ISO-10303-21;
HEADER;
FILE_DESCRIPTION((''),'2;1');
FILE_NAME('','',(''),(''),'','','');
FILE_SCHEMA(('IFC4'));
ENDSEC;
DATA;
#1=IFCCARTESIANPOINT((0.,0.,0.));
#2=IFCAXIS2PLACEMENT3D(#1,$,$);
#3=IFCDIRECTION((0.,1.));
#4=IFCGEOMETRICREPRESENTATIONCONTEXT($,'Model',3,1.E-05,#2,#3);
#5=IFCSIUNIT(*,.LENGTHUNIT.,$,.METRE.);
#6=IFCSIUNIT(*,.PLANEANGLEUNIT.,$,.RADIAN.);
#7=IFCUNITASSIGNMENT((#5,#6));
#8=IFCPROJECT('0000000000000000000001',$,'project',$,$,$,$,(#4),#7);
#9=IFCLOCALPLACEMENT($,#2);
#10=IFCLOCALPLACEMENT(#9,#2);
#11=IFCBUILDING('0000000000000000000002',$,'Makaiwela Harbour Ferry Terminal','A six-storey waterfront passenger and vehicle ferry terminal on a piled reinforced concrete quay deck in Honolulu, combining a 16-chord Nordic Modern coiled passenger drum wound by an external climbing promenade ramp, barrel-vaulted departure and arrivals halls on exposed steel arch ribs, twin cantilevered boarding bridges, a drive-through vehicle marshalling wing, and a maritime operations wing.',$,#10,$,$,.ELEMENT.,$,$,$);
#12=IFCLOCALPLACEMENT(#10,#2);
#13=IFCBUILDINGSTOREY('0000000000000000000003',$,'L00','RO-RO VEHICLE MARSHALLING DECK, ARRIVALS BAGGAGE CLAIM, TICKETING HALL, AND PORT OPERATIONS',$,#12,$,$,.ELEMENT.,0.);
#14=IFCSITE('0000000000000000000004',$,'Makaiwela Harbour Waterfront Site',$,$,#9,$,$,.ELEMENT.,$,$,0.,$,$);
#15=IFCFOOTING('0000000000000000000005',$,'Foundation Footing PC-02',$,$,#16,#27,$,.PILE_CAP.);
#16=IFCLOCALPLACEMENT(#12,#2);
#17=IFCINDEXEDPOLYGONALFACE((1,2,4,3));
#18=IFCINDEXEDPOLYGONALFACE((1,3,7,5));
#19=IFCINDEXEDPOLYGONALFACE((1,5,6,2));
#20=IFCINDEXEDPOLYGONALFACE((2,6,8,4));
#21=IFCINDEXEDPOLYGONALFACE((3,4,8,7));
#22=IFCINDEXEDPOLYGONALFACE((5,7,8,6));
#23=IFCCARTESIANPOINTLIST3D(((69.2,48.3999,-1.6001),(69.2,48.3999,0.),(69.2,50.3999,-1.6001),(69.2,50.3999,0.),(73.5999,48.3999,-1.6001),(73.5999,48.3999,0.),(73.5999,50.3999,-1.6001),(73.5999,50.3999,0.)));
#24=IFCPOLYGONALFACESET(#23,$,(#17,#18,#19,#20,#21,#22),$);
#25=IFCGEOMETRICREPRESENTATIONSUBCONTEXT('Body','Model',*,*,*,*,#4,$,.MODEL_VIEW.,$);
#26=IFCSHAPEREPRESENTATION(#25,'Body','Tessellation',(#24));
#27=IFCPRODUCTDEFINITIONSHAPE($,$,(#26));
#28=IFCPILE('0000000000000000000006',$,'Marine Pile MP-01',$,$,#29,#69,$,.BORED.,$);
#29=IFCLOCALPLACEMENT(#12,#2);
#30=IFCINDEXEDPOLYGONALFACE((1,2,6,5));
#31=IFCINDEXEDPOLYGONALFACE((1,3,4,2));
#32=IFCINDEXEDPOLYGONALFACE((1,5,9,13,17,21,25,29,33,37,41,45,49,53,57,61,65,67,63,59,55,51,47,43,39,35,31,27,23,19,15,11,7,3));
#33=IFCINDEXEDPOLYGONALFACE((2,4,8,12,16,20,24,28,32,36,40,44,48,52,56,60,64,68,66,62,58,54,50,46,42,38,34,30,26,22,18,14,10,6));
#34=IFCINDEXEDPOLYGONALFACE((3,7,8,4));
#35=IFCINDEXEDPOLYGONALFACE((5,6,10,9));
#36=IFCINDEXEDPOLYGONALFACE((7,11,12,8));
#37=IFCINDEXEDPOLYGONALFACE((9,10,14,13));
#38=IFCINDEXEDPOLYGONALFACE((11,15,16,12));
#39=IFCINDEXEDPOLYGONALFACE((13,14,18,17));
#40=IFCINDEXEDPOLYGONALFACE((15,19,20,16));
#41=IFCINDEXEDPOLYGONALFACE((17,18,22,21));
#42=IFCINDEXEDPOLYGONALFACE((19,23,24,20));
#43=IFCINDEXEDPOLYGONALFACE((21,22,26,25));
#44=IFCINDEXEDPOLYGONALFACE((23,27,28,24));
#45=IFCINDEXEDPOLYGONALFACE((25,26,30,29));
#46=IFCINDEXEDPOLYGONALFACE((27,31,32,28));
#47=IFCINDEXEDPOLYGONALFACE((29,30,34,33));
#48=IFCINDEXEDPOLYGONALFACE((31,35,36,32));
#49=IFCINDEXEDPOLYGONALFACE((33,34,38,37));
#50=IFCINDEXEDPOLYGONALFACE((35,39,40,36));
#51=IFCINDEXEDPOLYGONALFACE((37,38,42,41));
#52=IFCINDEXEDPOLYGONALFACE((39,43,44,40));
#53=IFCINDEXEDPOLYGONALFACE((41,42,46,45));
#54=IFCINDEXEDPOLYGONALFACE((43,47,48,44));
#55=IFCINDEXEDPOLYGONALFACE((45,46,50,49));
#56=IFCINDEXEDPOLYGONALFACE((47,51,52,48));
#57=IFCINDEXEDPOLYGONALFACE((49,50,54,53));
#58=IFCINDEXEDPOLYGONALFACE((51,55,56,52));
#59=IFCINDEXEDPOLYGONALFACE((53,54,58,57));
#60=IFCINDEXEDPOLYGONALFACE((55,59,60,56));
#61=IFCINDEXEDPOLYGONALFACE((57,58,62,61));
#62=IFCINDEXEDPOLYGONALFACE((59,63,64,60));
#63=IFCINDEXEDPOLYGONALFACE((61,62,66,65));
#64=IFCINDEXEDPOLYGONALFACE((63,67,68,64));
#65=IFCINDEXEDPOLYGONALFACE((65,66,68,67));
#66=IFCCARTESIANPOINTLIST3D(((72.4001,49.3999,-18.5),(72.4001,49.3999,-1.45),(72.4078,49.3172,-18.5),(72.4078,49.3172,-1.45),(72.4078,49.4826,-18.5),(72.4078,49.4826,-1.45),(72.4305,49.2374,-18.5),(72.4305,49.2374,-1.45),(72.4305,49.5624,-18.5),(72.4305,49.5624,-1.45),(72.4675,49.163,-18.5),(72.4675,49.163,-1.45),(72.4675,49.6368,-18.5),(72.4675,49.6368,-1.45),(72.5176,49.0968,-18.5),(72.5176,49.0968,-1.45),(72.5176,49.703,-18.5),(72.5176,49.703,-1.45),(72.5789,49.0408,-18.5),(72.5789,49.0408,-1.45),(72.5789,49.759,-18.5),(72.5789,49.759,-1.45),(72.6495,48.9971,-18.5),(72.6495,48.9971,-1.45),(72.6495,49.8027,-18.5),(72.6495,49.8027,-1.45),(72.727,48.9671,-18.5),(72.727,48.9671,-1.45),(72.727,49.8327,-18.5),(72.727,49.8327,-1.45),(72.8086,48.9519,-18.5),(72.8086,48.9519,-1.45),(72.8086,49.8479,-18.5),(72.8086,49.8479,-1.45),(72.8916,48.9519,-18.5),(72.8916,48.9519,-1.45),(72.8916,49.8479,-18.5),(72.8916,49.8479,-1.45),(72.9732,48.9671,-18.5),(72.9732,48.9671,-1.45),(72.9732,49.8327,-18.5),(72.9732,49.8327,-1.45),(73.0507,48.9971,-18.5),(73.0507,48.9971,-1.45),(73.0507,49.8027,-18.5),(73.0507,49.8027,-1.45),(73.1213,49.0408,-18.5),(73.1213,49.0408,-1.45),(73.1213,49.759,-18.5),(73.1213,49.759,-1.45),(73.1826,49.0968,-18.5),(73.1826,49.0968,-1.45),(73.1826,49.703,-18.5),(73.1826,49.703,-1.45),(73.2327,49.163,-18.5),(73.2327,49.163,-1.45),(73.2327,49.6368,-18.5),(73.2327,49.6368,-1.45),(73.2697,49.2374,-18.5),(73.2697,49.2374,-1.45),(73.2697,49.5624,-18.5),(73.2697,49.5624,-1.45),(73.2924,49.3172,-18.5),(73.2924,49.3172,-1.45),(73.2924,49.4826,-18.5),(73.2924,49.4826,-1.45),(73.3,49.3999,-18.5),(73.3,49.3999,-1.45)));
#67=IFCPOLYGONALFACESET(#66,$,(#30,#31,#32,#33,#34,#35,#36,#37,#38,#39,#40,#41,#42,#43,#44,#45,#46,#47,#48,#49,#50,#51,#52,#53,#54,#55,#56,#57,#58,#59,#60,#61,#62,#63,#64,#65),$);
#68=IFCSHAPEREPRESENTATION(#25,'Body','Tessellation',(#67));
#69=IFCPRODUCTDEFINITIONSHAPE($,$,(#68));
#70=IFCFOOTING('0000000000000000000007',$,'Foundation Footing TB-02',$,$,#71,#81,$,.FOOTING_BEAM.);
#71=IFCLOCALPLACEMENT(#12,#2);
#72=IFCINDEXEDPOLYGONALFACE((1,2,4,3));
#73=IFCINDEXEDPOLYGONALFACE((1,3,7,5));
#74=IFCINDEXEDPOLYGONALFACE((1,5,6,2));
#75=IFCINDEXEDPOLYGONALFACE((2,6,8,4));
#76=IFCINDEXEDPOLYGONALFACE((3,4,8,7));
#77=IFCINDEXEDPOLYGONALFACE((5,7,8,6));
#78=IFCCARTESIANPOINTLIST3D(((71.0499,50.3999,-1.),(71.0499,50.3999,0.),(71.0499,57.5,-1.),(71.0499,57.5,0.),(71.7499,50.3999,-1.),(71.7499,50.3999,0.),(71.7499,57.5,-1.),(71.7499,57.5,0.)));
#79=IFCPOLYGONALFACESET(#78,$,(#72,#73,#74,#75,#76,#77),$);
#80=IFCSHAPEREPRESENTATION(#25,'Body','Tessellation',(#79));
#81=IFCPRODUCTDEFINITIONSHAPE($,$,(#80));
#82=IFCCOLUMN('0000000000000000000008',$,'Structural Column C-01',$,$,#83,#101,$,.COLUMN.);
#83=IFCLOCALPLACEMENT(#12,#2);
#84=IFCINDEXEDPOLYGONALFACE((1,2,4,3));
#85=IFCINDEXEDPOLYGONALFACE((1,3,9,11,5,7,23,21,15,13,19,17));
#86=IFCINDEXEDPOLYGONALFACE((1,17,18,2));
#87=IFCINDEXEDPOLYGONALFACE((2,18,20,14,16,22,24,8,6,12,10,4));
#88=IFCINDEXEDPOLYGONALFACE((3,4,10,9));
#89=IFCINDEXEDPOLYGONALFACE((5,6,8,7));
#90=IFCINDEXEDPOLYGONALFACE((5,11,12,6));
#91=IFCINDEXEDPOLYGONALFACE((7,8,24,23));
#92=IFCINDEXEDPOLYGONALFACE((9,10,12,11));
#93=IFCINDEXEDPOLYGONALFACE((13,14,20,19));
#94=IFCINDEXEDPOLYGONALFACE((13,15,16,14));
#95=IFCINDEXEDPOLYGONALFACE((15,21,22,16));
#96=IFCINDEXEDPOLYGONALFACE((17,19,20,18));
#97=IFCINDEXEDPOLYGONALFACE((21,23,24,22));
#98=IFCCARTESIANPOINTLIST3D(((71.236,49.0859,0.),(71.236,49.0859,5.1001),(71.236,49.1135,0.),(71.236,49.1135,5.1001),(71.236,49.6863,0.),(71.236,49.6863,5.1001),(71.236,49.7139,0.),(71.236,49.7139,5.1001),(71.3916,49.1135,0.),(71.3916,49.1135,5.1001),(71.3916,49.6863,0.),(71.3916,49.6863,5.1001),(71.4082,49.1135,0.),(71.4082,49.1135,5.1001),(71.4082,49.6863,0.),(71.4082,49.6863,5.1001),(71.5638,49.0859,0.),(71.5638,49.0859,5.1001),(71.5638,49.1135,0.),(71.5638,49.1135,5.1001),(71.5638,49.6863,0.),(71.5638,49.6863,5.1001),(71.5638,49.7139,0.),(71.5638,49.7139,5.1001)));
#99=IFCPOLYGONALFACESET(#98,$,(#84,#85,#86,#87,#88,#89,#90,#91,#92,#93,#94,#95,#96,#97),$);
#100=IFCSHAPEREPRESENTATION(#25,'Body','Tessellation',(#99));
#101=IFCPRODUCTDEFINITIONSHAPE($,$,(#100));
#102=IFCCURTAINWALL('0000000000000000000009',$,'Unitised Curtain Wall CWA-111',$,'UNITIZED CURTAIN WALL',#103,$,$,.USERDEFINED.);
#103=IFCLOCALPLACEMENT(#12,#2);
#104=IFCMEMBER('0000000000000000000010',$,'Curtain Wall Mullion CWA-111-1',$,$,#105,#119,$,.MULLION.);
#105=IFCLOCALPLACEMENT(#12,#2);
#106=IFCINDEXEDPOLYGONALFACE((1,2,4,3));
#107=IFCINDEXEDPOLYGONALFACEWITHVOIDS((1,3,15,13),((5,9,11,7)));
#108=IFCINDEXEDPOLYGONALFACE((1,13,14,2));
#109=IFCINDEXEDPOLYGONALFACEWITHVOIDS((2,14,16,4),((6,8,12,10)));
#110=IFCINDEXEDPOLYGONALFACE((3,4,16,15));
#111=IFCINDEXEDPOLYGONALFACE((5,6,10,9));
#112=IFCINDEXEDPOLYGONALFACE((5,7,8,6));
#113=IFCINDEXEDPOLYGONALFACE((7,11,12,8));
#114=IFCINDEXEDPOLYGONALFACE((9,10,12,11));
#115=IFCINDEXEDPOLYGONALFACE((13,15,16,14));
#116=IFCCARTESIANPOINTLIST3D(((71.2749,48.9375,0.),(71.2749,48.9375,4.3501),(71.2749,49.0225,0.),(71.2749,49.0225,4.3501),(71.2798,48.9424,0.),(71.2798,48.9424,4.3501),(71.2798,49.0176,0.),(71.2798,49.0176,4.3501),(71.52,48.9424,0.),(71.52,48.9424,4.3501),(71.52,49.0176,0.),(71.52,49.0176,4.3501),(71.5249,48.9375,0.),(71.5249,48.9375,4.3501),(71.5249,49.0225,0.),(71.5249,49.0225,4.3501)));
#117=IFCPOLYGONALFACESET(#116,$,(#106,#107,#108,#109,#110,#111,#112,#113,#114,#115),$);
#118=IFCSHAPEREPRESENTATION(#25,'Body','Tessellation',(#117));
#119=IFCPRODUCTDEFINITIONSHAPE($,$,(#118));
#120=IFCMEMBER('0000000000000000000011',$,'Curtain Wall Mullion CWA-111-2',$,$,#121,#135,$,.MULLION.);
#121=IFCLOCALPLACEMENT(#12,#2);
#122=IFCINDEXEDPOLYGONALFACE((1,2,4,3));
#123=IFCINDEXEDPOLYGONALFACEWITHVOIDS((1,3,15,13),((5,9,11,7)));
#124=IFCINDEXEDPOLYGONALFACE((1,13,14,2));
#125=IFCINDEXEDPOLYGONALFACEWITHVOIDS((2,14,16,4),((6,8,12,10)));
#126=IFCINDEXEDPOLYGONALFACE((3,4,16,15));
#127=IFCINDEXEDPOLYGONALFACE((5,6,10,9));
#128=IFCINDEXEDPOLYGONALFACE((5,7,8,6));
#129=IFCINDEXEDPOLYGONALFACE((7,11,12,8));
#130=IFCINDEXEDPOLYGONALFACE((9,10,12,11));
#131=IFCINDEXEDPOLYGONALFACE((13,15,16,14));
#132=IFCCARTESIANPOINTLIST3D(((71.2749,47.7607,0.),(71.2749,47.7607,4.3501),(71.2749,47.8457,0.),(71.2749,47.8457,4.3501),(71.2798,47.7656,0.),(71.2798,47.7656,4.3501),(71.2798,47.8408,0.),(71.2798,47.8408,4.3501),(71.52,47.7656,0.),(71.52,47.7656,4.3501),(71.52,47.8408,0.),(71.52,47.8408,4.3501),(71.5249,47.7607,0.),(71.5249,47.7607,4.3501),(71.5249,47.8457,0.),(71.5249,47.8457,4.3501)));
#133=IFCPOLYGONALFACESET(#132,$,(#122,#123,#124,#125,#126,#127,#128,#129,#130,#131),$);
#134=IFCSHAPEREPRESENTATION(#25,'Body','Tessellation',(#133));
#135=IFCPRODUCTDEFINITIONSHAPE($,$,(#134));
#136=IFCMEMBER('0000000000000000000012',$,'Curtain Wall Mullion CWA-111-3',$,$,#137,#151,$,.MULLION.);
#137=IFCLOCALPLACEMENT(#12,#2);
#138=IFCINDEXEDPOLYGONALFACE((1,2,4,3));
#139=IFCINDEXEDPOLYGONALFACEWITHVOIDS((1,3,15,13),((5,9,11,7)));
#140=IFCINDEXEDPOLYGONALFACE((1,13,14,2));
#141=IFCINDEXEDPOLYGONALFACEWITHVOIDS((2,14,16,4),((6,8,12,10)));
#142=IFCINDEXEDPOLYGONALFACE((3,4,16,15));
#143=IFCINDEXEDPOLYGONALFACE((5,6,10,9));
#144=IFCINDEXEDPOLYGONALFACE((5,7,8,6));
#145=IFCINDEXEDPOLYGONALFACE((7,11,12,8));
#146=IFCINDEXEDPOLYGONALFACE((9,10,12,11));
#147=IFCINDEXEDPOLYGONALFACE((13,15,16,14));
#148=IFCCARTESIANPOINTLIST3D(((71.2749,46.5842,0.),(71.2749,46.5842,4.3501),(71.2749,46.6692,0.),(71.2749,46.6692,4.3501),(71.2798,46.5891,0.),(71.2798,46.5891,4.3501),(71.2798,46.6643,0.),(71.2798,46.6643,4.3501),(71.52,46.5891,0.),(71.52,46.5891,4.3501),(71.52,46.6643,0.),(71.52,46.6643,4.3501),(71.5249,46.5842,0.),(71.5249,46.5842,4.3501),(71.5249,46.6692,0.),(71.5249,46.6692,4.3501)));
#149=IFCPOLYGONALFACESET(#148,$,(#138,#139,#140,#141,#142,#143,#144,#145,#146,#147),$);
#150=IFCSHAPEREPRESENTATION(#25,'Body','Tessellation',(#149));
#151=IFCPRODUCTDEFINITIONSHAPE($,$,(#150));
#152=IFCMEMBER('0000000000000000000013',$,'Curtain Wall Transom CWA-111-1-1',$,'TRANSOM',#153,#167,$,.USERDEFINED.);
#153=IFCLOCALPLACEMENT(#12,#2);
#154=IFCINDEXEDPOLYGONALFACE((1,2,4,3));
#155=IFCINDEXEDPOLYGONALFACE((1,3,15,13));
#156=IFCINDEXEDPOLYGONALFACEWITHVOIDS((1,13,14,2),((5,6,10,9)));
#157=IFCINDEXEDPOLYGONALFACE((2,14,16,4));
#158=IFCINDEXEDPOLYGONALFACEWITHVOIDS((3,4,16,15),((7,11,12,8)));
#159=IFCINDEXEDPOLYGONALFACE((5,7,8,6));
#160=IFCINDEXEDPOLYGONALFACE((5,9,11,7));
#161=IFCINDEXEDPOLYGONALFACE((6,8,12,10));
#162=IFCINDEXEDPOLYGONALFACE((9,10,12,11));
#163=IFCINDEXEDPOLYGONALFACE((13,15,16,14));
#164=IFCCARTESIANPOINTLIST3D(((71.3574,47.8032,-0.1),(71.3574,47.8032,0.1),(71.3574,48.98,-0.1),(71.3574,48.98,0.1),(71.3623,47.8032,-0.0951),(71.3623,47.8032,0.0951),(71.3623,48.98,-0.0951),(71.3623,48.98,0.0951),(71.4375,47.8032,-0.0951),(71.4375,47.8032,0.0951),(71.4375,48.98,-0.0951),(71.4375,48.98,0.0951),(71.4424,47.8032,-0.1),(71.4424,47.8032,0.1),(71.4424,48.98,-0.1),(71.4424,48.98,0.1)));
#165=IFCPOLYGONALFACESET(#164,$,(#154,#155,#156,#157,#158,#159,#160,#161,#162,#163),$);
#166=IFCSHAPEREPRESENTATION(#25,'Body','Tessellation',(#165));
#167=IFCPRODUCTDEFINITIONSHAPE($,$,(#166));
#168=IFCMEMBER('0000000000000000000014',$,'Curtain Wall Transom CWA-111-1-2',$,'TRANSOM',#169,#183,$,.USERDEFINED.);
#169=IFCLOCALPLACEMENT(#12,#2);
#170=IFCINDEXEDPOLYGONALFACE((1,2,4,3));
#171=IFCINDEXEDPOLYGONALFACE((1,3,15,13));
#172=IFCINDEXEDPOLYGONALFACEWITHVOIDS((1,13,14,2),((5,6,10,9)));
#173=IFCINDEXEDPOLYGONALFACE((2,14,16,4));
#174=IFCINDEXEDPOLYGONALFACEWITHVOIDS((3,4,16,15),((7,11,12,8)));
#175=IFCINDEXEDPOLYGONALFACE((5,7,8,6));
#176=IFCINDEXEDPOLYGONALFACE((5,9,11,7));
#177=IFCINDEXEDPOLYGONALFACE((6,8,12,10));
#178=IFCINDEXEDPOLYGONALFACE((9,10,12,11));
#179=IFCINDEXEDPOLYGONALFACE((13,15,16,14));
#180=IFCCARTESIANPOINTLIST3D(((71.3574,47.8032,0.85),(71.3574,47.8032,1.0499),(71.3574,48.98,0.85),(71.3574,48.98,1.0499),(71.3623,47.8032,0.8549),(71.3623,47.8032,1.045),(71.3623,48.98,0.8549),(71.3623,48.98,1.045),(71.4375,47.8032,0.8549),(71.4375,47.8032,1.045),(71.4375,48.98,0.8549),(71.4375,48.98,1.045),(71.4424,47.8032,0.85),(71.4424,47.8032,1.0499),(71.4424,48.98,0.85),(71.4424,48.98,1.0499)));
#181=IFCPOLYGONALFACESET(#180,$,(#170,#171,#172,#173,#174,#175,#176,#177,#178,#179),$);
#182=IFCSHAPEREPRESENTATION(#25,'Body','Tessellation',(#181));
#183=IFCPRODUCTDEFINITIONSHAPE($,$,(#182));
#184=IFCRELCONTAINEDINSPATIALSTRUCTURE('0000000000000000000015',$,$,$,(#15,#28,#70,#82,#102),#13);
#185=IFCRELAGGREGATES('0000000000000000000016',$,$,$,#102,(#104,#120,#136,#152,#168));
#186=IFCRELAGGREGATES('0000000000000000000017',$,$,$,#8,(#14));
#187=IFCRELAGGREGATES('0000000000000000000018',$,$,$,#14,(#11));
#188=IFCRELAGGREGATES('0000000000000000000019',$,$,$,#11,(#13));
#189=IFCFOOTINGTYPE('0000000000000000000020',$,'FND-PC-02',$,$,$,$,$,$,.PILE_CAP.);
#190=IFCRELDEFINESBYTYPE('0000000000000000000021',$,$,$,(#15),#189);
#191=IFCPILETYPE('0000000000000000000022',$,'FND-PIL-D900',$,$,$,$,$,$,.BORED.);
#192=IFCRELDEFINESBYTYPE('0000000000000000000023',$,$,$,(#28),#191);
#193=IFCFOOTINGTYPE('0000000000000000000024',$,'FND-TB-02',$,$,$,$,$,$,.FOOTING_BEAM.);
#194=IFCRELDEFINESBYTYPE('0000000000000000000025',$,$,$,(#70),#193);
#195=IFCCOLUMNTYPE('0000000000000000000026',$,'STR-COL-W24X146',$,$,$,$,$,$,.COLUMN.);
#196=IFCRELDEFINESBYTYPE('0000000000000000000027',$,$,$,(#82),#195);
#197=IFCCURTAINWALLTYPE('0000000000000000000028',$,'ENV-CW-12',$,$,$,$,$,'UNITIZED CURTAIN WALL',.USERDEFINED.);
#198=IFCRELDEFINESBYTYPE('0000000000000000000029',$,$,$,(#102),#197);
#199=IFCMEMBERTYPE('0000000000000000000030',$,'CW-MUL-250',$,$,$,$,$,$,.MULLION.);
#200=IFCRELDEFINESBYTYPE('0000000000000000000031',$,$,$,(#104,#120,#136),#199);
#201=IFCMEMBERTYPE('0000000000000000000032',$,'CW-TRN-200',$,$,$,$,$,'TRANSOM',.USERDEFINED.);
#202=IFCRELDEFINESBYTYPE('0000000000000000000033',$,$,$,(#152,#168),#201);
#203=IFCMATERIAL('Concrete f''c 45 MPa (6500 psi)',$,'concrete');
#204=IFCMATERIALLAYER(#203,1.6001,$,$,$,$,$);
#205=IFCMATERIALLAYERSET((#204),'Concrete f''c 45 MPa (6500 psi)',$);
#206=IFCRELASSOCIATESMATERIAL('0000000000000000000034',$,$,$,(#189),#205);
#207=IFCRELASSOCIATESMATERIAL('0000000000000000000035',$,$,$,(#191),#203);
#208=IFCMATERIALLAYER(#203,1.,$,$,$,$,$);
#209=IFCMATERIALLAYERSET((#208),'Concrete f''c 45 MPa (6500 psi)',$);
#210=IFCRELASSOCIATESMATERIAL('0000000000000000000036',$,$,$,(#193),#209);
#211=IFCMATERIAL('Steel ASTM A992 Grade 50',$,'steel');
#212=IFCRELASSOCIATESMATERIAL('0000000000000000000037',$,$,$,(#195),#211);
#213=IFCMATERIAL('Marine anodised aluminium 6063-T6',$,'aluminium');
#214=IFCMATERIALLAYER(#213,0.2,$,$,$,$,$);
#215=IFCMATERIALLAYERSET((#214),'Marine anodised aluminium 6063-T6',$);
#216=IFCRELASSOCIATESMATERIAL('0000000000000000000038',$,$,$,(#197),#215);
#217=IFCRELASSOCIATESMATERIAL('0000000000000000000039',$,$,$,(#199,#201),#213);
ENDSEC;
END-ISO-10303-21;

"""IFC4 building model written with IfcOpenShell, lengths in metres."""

from ifc_helpers import new_model, si_unit, direction, frame, origin, origin_2d, place, context, subcontext, project, spatial, rectangle, hollow_rectangle, circle, i_section, extrude, material, layer, layer_set, material_profile, profile_set, type_object, element, aggregate, save


model = new_model("IFC4")

# Units and contexts
model_context = context("Model", 3, precision=1e-05, world=origin(), true_north=direction((0.0, 1.0)))
body_context = subcontext(model_context, "Body", "Model", "MODEL_VIEW")
ifc_project = project(units=[si_unit("LENGTHUNIT", "METRE"), si_unit("PLANEANGLEUNIT", "RADIAN")], contexts=[model_context])

# Site, building, storey
site_placement = place(None, origin())
site = spatial("IfcSite", under=ifc_project, at=site_placement, Name="Makaiwela Harbour Waterfront Site", CompositionType="ELEMENT", RefElevation=0.0)
building_placement = place(site_placement, origin())
building = spatial("IfcBuilding", under=site, at=building_placement, Name="Makaiwela Harbour Ferry Terminal", Description="A six-storey waterfront passenger and vehicle ferry terminal on a piled reinforced concrete quay deck in Honolulu, combining a 16-chord Nordic Modern coiled passenger drum wound by an external climbing promenade ramp, barrel-vaulted departure and arrivals halls on exposed steel arch ribs, twin cantilevered boarding bridges, a drive-through vehicle marshalling wing, and a maritime operations wing.", CompositionType="ELEMENT")
storey_placement = place(building_placement, origin())
storey = spatial("IfcBuildingStorey", under=building, at=storey_placement, Name="L00", Description="RO-RO VEHICLE MARSHALLING DECK, ARRIVALS BAGGAGE CLAIM, TICKETING HALL, AND PORT OPERATIONS", CompositionType="ELEMENT", Elevation=0.0)

# Footing
ifc_material_1 = material(Name="Concrete f'c 45 MPa (6500 psi)", Category="concrete")
ifc_layer_1 = layer(ifc_material_1, 1.6001)
ifc_layer_set_1 = layer_set([ifc_layer_1], Name="Concrete f'c 45 MPa (6500 psi)")
footing_type_1 = type_object("IfcFootingType", Name="FND-PC-02", PredefinedType="PILE_CAP", material=ifc_layer_set_1)
footing_1_placement = place(storey_placement, frame((71.3999, 49.3999, -1.6001), z_axis=(0.0, 0.0, 1.0), x_axis=(1.0, 0.0, 0.0)))
element("IfcFooting", 1, at=footing_1_placement, inside=storey, type_object=footing_type_1, Name="Foundation Footing PC-02", PredefinedType="PILE_CAP", context=body_context, shape_type="SweptSolid", body=[
    extrude(rectangle(XDim=4.3999, YDim=2.0, at=origin_2d()), origin(), (0.0, 0.0, 1.0), 1.6001),
])

# Pile
ifc_material_profile_1 = material_profile(ifc_material_1, circle(Radius=0.45, at=origin_2d()), Name="PILE-D900")
ifc_profile_set_1 = profile_set([ifc_material_profile_1], Name="Concrete f'c 45 MPa (6500 psi)")
pile_type = type_object("IfcPileType", Name="FND-PIL-D900", PredefinedType="BORED", material=ifc_profile_set_1)
pile_placement = place(storey_placement, frame((72.8501, 49.3999, -1.45), z_axis=(0.0, 0.0, -1.0), x_axis=(1.0, 0.0, 0.0)))
element("IfcPile", 2, at=pile_placement, inside=storey, type_object=pile_type, Name="Marine Pile MP-01", PredefinedType="BORED", context=body_context, shape_type="SweptSolid", body=[
    extrude(circle(Radius=0.45, at=origin_2d()), origin(), (0.0, 0.0, 1.0), 17.05),
])

# Footing
ifc_layer_2 = layer(ifc_material_1, 1.0)
ifc_layer_set_2 = layer_set([ifc_layer_2], Name="Concrete f'c 45 MPa (6500 psi)")
footing_type_2 = type_object("IfcFootingType", Name="FND-TB-02", PredefinedType="FOOTING_BEAM", material=ifc_layer_set_2)
footing_2_placement = place(storey_placement, frame((71.3999, 53.95, -1.0), z_axis=(0.0, 0.0, 1.0), x_axis=(0.0, 1.0, 0.0)))
element("IfcFooting", 3, at=footing_2_placement, inside=storey, type_object=footing_type_2, Name="Foundation Footing TB-02", PredefinedType="FOOTING_BEAM", context=body_context, shape_type="SweptSolid", body=[
    extrude(rectangle(XDim=7.1001, YDim=0.7, at=origin_2d()), origin(), (0.0, 0.0, 1.0), 1.0),
])

# Column
ifc_material_2 = material(Name="Steel ASTM A992 Grade 50", Category="steel")
ifc_material_profile_2 = material_profile(ifc_material_2, i_section(OverallWidth=0.3279, OverallDepth=0.6279, WebThickness=0.0166, FlangeThickness=0.0276, at=origin_2d()), Name="W24X146")
ifc_profile_set_2 = profile_set([ifc_material_profile_2], Name="Steel ASTM A992 Grade 50")
column_type = type_object("IfcColumnType", Name="STR-COL-W24X146", PredefinedType="COLUMN", material=ifc_profile_set_2)
column_placement = place(storey_placement, frame((71.3999, 49.3999, 0.0), z_axis=(0.0, 0.0, 1.0), x_axis=(1.0, 0.0, 0.0)))
element("IfcColumn", 4, at=column_placement, inside=storey, type_object=column_type, Name="Structural Column C-01", PredefinedType="COLUMN", context=body_context, shape_type="SweptSolid", body=[
    extrude(i_section(OverallWidth=0.3279, OverallDepth=0.6279, WebThickness=0.0166, FlangeThickness=0.0276, at=origin_2d()), origin(), (0.0, 0.0, 1.0), 5.1001),
])

# Curtain wall, members
ifc_material_3 = material(Name="Marine anodised aluminium 6063-T6", Category="aluminium")
ifc_layer_3 = layer(ifc_material_3, 0.2)
ifc_layer_set_3 = layer_set([ifc_layer_3], Name="Marine anodised aluminium 6063-T6")
curtain_wall_type = type_object("IfcCurtainWallType", Name="ENV-CW-12", ElementType="UNITIZED CURTAIN WALL", PredefinedType="USERDEFINED", material=ifc_layer_set_3)
curtain_wall_placement = place(storey_placement, origin())
curtain_wall = element("IfcCurtainWall", 5, at=curtain_wall_placement, inside=storey, type_object=curtain_wall_type, Name="Unitised Curtain Wall CWA-111", ObjectType="UNITIZED CURTAIN WALL", PredefinedType="USERDEFINED")
ifc_material_profile_3 = material_profile(ifc_material_3, hollow_rectangle(XDim=0.085, YDim=0.25, WallThickness=0.0049, at=origin_2d()), Name="CWM-250X85")
ifc_profile_set_3 = profile_set([ifc_material_profile_3], Name="Marine anodised aluminium 6063-T6")
member_type_1 = type_object("IfcMemberType", Name="CW-MUL-250", PredefinedType="MULLION", material=ifc_profile_set_3)
member_1_placement = place(storey_placement, frame((71.3999, 48.98, 0.0), z_axis=(0.0, 0.0, 1.0), x_axis=(0.0, 1.0, 0.0)))
member_1 = element("IfcMember", 6, at=member_1_placement, type_object=member_type_1, Name="Curtain Wall Mullion CWA-111-1", PredefinedType="MULLION", context=body_context, shape_type="SweptSolid", body=[
    extrude(hollow_rectangle(XDim=0.085, YDim=0.25, WallThickness=0.0049, at=origin_2d()), origin(), (0.0, 0.0, 1.0), 4.3501),
])
member_2_placement = place(storey_placement, frame((71.3999, 47.8032, 0.0), z_axis=(0.0, 0.0, 1.0), x_axis=(0.0, 1.0, 0.0)))
member_2 = element("IfcMember", 7, at=member_2_placement, type_object=member_type_1, Name="Curtain Wall Mullion CWA-111-2", PredefinedType="MULLION", context=body_context, shape_type="SweptSolid", body=[
    extrude(hollow_rectangle(XDim=0.085, YDim=0.25, WallThickness=0.0049, at=origin_2d()), origin(), (0.0, 0.0, 1.0), 4.3501),
])
member_3_placement = place(storey_placement, frame((71.3999, 46.6267, 0.0), z_axis=(0.0, 0.0, 1.0), x_axis=(0.0, 1.0, 0.0)))
member_3 = element("IfcMember", 8, at=member_3_placement, type_object=member_type_1, Name="Curtain Wall Mullion CWA-111-3", PredefinedType="MULLION", context=body_context, shape_type="SweptSolid", body=[
    extrude(hollow_rectangle(XDim=0.085, YDim=0.25, WallThickness=0.0049, at=origin_2d()), origin(), (0.0, 0.0, 1.0), 4.3501),
])
ifc_material_profile_4 = material_profile(ifc_material_3, hollow_rectangle(XDim=0.085, YDim=0.2, WallThickness=0.0049, at=origin_2d()), Name="CWT-200X85")
ifc_profile_set_4 = profile_set([ifc_material_profile_4], Name="Marine anodised aluminium 6063-T6")
member_type_2 = type_object("IfcMemberType", Name="CW-TRN-200", ElementType="TRANSOM", PredefinedType="USERDEFINED", material=ifc_profile_set_4)
member_4_placement = place(storey_placement, frame((71.3999, 48.98, 0.0), z_axis=(0.0, -1.0, 0.0), x_axis=(1.0, 0.0, 0.0)))
member_4 = element("IfcMember", 9, at=member_4_placement, type_object=member_type_2, Name="Curtain Wall Transom CWA-111-1-1", ObjectType="TRANSOM", PredefinedType="USERDEFINED", context=body_context, shape_type="SweptSolid", body=[
    extrude(hollow_rectangle(XDim=0.085, YDim=0.2, WallThickness=0.0049, at=origin_2d()), origin(), (0.0, 0.0, 1.0), 1.1768),
])
member_5_placement = place(storey_placement, frame((71.3999, 48.98, 0.95), z_axis=(0.0, -1.0, 0.0), x_axis=(1.0, 0.0, 0.0)))
member_5 = element("IfcMember", 10, at=member_5_placement, type_object=member_type_2, Name="Curtain Wall Transom CWA-111-1-2", ObjectType="TRANSOM", PredefinedType="USERDEFINED", context=body_context, shape_type="SweptSolid", body=[
    extrude(hollow_rectangle(XDim=0.085, YDim=0.2, WallThickness=0.0049, at=origin_2d()), origin(), (0.0, 0.0, 1.0), 1.1768),
])

aggregate(curtain_wall, [member_1, member_2, member_3, member_4, member_5])

save(model, "model.ifc")
